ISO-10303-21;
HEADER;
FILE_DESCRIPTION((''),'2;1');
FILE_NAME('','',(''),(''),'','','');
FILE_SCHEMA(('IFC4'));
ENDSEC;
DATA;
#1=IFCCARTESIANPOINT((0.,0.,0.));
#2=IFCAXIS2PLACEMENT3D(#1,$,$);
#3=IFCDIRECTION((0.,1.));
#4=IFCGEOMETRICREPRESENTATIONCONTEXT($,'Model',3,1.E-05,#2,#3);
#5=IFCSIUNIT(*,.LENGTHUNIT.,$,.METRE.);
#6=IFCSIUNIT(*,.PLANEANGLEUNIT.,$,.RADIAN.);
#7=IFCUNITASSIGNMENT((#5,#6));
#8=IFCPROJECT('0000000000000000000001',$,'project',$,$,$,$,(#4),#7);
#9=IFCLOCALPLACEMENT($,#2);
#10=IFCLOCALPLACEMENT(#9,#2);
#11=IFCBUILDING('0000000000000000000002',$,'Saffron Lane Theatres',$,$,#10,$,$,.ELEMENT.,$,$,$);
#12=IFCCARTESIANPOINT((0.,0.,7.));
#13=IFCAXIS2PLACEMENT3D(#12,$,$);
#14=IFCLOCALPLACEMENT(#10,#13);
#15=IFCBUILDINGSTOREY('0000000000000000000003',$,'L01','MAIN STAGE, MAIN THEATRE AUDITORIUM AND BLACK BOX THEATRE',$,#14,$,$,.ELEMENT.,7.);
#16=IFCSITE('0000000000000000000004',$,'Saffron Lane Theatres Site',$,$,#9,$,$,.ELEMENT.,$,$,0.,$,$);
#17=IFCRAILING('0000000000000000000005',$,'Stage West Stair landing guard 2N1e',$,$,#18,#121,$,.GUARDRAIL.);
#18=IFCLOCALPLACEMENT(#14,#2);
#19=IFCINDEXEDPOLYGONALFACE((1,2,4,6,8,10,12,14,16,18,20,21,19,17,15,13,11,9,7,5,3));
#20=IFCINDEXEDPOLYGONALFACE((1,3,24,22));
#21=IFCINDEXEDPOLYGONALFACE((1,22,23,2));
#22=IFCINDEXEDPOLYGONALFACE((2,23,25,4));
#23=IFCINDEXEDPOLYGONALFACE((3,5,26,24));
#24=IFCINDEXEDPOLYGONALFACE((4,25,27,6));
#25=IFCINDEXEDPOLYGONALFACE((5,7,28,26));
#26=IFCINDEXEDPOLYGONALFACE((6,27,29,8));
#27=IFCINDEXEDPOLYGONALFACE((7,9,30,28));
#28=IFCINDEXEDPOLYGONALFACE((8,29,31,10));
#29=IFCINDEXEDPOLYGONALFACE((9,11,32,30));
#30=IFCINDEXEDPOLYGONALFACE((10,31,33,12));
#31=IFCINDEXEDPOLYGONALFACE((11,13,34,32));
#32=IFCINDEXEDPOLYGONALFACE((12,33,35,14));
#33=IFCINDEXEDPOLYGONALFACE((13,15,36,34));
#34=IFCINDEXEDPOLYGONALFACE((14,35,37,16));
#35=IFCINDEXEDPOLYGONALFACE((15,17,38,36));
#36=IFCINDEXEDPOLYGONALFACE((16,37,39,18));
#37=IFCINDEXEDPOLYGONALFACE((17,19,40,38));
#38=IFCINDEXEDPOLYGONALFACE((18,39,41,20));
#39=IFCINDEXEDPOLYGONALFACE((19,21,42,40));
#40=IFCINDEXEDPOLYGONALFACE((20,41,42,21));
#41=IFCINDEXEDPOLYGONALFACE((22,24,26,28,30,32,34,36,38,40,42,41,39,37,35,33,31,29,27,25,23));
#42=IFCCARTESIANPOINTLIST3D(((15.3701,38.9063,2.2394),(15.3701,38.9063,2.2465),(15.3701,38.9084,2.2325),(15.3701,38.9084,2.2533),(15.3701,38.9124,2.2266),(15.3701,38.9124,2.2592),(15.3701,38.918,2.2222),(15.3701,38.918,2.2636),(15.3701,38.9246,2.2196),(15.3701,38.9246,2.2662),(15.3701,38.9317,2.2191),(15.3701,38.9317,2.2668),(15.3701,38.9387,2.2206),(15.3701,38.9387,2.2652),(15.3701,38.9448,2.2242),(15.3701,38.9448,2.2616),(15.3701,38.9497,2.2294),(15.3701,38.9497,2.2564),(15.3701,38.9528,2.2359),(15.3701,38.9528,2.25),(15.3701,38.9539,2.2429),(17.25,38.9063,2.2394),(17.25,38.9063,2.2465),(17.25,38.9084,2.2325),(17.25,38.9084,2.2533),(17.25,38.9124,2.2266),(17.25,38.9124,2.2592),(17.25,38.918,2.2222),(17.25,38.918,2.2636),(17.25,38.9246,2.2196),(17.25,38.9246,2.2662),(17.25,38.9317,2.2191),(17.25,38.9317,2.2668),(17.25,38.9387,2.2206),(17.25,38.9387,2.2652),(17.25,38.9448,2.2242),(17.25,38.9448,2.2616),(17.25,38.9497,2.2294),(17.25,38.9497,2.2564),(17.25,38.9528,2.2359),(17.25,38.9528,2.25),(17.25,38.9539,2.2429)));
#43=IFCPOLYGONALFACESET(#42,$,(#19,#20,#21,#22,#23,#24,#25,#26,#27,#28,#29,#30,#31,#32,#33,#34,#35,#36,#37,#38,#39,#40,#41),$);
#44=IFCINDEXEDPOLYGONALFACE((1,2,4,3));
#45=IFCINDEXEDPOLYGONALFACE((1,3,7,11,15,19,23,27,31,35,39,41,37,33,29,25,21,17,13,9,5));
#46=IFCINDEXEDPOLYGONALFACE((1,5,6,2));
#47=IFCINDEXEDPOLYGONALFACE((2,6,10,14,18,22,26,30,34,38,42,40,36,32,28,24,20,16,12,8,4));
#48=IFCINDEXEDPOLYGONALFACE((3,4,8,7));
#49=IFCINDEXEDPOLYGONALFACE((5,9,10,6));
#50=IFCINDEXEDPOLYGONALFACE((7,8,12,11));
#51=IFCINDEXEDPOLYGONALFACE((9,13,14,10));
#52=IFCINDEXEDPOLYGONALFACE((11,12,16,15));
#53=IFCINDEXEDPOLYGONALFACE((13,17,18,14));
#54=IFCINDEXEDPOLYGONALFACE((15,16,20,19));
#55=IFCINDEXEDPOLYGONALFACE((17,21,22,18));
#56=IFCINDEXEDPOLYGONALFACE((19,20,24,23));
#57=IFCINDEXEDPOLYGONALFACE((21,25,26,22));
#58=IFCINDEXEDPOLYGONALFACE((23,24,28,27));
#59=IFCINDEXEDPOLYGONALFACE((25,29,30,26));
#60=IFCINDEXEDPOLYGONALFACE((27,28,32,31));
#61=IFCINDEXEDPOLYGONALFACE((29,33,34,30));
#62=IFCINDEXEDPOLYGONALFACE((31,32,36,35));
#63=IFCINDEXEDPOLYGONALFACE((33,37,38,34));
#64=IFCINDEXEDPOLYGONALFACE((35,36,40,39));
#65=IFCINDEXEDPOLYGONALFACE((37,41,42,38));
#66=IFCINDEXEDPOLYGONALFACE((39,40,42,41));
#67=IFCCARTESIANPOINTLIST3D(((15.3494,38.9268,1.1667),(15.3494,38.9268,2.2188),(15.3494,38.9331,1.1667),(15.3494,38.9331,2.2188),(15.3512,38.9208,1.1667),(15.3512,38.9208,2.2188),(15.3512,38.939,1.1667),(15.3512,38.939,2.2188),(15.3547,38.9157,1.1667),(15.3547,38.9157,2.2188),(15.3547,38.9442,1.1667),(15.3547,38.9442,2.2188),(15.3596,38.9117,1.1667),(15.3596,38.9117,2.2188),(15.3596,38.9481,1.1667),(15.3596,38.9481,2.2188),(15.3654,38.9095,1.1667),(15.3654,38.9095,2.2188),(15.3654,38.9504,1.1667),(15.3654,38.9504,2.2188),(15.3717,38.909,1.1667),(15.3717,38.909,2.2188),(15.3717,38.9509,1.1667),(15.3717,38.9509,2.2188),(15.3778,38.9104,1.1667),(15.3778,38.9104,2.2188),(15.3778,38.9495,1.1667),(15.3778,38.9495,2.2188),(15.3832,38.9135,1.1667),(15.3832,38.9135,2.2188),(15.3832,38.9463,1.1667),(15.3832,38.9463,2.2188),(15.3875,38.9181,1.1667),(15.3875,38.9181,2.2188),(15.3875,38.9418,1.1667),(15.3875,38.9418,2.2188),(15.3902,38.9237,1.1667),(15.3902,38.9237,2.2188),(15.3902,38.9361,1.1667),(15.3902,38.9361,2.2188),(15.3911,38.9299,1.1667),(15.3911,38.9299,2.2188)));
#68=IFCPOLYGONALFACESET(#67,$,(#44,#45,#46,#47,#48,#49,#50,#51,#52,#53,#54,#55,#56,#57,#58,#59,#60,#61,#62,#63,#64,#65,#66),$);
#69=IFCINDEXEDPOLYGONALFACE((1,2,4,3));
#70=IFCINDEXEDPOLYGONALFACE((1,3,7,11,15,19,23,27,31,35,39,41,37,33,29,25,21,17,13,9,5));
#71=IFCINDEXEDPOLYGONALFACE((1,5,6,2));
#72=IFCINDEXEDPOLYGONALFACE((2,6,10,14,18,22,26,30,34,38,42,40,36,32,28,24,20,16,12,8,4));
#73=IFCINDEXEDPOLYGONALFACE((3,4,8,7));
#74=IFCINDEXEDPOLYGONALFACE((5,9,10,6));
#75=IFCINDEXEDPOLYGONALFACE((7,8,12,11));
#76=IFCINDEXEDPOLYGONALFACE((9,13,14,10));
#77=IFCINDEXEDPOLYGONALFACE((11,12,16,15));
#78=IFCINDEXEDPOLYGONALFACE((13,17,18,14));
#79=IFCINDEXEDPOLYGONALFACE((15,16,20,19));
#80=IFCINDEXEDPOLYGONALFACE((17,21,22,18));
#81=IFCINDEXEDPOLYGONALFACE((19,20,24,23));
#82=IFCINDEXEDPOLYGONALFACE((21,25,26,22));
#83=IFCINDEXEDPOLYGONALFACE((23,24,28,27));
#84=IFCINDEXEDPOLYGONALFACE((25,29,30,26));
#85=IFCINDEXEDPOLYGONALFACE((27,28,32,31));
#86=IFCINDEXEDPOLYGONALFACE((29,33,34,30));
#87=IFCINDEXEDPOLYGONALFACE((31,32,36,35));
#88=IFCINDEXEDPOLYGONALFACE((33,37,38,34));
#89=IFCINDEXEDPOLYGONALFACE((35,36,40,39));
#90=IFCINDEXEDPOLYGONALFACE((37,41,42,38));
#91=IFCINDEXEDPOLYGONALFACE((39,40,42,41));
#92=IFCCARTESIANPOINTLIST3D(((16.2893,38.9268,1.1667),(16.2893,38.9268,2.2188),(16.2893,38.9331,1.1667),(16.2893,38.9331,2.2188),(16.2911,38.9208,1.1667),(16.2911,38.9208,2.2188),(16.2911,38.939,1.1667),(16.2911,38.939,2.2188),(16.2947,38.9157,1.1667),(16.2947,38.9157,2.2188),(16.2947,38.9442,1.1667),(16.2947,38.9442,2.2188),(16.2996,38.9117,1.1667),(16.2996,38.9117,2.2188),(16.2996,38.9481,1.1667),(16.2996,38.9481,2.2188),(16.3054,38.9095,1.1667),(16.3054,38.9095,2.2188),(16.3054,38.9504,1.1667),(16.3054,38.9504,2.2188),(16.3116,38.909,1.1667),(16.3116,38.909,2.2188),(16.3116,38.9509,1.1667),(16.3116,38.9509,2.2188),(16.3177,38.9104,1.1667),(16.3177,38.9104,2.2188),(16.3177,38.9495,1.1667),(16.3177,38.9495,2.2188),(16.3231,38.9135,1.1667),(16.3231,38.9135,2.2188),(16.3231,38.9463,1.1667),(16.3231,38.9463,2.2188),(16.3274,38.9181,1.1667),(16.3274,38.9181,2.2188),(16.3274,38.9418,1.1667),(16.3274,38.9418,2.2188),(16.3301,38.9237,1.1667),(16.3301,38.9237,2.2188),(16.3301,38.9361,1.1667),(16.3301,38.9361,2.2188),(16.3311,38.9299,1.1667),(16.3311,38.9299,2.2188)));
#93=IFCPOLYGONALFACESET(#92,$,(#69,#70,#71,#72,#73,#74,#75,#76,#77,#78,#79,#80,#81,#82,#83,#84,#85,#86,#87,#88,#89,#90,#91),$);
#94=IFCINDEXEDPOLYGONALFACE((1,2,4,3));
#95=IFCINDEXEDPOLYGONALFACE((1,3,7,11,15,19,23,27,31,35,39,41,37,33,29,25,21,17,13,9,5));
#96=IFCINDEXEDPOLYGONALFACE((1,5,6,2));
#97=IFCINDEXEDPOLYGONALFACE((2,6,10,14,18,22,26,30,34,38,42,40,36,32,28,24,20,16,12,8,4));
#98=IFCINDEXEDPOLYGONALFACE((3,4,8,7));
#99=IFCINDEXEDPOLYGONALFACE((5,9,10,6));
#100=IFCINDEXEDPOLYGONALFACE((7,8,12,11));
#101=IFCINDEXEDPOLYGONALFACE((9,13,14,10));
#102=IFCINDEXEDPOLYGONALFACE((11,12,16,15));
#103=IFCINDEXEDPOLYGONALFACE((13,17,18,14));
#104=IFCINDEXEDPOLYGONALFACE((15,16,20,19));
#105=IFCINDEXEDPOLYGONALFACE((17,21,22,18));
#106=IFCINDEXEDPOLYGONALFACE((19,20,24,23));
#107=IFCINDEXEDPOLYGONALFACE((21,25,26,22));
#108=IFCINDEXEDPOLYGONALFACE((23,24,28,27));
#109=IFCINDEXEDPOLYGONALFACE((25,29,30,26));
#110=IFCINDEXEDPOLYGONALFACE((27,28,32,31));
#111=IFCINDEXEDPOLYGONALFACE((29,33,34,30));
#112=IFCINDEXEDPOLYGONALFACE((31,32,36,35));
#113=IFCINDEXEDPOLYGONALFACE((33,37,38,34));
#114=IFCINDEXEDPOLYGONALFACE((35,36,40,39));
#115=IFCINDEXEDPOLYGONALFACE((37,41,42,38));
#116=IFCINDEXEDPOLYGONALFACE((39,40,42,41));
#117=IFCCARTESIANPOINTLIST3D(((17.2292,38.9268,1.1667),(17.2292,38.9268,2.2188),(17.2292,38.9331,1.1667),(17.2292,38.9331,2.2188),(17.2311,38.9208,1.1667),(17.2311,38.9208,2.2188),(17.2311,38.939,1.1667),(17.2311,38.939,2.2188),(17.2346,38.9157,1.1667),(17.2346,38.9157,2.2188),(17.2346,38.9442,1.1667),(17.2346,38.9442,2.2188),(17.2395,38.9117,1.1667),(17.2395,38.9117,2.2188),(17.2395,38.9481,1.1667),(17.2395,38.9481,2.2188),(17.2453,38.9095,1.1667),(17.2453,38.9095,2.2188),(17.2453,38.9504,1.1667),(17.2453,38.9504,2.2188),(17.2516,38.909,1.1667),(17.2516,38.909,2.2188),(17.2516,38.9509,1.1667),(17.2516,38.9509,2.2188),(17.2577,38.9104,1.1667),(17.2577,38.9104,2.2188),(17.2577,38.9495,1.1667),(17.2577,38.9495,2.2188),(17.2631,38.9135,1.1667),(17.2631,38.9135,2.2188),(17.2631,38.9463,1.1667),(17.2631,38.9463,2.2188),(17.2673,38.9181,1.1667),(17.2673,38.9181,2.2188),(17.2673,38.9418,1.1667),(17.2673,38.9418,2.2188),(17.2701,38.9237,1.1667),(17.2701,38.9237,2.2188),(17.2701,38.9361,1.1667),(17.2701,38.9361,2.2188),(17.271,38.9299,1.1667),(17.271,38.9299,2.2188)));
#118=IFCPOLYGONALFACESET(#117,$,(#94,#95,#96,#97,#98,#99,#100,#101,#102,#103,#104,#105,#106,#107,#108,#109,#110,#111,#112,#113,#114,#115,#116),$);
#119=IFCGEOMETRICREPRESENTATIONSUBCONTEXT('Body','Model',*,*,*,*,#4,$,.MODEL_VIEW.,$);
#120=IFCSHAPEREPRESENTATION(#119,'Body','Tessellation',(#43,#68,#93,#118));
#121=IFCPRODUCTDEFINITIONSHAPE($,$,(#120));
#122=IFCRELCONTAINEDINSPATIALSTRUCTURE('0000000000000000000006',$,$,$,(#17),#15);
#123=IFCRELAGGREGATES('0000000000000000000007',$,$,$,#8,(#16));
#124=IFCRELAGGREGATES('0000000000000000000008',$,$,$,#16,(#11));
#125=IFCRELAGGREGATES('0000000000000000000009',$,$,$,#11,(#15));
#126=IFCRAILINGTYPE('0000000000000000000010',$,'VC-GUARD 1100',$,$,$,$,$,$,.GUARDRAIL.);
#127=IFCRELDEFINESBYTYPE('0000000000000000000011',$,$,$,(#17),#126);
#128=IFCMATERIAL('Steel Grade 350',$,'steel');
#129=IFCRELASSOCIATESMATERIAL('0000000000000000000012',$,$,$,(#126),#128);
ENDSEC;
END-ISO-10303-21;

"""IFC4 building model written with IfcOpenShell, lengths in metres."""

from ifc_helpers import new_model, si_unit, direction, frame, origin, origin_2d, place, context, subcontext, project, spatial, circle, extrude, material, type_object, element, save


model = new_model("IFC4")

# Units and contexts
model_context = context("Model", 3, precision=1e-05, world=origin(), true_north=direction((0.0, 1.0)))
body_context = subcontext(model_context, "Body", "Model", "MODEL_VIEW")
ifc_project = project(units=[si_unit("LENGTHUNIT", "METRE"), si_unit("PLANEANGLEUNIT", "RADIAN")], contexts=[model_context])

# Site, building, storey
site_placement = place(None, origin())
site = spatial("IfcSite", under=ifc_project, at=site_placement, Name="Saffron Lane Theatres Site", CompositionType="ELEMENT", RefElevation=0.0)
building_placement = place(site_placement, origin())
building = spatial("IfcBuilding", under=site, at=building_placement, Name="Saffron Lane Theatres", CompositionType="ELEMENT")
storey_placement = place(building_placement, frame((0.0, 0.0, 7.0)))
storey = spatial("IfcBuildingStorey", under=building, at=storey_placement, Name="L01", Description="MAIN STAGE, MAIN THEATRE AUDITORIUM AND BLACK BOX THEATRE", CompositionType="ELEMENT", Elevation=7.0)

# Railing
ifc_material_1 = material(Name="Steel Grade 350", Category="steel")
railing_type_1 = type_object("IfcRailingType", Name="VC-GUARD 1100", PredefinedType="GUARDRAIL", material=ifc_material_1)
railing_1_placement = place(storey_placement, frame((15.3701, 38.9299, 1.1667)))
element("IfcRailing", 1, at=railing_1_placement, inside=storey, type_object=railing_type_1, Name="Stage West Stair landing guard 2N1e", PredefinedType="GUARDRAIL", context=body_context, shape_type="SweptSolid", body=[
    extrude(circle(Radius=0.0239, at=origin_2d()), frame((0.0, 0.0, 1.0762), z_axis=(1.0, 0.0, 0.0), x_axis=(0.0, 1.0, 0.0)), (0.0, 0.0, 1.0), 1.8799),
    extrude(circle(Radius=0.021, at=origin_2d()), origin(), (0.0, 0.0, 1.0), 1.052),
    extrude(circle(Radius=0.021, at=origin_2d()), frame((0.9399, 0.0, 0.0)), (0.0, 0.0, 1.0), 1.052),
    extrude(circle(Radius=0.021, at=origin_2d()), frame((1.8799, 0.0, 0.0)), (0.0, 0.0, 1.0), 1.052),
])

save(model, "model.ifc")
